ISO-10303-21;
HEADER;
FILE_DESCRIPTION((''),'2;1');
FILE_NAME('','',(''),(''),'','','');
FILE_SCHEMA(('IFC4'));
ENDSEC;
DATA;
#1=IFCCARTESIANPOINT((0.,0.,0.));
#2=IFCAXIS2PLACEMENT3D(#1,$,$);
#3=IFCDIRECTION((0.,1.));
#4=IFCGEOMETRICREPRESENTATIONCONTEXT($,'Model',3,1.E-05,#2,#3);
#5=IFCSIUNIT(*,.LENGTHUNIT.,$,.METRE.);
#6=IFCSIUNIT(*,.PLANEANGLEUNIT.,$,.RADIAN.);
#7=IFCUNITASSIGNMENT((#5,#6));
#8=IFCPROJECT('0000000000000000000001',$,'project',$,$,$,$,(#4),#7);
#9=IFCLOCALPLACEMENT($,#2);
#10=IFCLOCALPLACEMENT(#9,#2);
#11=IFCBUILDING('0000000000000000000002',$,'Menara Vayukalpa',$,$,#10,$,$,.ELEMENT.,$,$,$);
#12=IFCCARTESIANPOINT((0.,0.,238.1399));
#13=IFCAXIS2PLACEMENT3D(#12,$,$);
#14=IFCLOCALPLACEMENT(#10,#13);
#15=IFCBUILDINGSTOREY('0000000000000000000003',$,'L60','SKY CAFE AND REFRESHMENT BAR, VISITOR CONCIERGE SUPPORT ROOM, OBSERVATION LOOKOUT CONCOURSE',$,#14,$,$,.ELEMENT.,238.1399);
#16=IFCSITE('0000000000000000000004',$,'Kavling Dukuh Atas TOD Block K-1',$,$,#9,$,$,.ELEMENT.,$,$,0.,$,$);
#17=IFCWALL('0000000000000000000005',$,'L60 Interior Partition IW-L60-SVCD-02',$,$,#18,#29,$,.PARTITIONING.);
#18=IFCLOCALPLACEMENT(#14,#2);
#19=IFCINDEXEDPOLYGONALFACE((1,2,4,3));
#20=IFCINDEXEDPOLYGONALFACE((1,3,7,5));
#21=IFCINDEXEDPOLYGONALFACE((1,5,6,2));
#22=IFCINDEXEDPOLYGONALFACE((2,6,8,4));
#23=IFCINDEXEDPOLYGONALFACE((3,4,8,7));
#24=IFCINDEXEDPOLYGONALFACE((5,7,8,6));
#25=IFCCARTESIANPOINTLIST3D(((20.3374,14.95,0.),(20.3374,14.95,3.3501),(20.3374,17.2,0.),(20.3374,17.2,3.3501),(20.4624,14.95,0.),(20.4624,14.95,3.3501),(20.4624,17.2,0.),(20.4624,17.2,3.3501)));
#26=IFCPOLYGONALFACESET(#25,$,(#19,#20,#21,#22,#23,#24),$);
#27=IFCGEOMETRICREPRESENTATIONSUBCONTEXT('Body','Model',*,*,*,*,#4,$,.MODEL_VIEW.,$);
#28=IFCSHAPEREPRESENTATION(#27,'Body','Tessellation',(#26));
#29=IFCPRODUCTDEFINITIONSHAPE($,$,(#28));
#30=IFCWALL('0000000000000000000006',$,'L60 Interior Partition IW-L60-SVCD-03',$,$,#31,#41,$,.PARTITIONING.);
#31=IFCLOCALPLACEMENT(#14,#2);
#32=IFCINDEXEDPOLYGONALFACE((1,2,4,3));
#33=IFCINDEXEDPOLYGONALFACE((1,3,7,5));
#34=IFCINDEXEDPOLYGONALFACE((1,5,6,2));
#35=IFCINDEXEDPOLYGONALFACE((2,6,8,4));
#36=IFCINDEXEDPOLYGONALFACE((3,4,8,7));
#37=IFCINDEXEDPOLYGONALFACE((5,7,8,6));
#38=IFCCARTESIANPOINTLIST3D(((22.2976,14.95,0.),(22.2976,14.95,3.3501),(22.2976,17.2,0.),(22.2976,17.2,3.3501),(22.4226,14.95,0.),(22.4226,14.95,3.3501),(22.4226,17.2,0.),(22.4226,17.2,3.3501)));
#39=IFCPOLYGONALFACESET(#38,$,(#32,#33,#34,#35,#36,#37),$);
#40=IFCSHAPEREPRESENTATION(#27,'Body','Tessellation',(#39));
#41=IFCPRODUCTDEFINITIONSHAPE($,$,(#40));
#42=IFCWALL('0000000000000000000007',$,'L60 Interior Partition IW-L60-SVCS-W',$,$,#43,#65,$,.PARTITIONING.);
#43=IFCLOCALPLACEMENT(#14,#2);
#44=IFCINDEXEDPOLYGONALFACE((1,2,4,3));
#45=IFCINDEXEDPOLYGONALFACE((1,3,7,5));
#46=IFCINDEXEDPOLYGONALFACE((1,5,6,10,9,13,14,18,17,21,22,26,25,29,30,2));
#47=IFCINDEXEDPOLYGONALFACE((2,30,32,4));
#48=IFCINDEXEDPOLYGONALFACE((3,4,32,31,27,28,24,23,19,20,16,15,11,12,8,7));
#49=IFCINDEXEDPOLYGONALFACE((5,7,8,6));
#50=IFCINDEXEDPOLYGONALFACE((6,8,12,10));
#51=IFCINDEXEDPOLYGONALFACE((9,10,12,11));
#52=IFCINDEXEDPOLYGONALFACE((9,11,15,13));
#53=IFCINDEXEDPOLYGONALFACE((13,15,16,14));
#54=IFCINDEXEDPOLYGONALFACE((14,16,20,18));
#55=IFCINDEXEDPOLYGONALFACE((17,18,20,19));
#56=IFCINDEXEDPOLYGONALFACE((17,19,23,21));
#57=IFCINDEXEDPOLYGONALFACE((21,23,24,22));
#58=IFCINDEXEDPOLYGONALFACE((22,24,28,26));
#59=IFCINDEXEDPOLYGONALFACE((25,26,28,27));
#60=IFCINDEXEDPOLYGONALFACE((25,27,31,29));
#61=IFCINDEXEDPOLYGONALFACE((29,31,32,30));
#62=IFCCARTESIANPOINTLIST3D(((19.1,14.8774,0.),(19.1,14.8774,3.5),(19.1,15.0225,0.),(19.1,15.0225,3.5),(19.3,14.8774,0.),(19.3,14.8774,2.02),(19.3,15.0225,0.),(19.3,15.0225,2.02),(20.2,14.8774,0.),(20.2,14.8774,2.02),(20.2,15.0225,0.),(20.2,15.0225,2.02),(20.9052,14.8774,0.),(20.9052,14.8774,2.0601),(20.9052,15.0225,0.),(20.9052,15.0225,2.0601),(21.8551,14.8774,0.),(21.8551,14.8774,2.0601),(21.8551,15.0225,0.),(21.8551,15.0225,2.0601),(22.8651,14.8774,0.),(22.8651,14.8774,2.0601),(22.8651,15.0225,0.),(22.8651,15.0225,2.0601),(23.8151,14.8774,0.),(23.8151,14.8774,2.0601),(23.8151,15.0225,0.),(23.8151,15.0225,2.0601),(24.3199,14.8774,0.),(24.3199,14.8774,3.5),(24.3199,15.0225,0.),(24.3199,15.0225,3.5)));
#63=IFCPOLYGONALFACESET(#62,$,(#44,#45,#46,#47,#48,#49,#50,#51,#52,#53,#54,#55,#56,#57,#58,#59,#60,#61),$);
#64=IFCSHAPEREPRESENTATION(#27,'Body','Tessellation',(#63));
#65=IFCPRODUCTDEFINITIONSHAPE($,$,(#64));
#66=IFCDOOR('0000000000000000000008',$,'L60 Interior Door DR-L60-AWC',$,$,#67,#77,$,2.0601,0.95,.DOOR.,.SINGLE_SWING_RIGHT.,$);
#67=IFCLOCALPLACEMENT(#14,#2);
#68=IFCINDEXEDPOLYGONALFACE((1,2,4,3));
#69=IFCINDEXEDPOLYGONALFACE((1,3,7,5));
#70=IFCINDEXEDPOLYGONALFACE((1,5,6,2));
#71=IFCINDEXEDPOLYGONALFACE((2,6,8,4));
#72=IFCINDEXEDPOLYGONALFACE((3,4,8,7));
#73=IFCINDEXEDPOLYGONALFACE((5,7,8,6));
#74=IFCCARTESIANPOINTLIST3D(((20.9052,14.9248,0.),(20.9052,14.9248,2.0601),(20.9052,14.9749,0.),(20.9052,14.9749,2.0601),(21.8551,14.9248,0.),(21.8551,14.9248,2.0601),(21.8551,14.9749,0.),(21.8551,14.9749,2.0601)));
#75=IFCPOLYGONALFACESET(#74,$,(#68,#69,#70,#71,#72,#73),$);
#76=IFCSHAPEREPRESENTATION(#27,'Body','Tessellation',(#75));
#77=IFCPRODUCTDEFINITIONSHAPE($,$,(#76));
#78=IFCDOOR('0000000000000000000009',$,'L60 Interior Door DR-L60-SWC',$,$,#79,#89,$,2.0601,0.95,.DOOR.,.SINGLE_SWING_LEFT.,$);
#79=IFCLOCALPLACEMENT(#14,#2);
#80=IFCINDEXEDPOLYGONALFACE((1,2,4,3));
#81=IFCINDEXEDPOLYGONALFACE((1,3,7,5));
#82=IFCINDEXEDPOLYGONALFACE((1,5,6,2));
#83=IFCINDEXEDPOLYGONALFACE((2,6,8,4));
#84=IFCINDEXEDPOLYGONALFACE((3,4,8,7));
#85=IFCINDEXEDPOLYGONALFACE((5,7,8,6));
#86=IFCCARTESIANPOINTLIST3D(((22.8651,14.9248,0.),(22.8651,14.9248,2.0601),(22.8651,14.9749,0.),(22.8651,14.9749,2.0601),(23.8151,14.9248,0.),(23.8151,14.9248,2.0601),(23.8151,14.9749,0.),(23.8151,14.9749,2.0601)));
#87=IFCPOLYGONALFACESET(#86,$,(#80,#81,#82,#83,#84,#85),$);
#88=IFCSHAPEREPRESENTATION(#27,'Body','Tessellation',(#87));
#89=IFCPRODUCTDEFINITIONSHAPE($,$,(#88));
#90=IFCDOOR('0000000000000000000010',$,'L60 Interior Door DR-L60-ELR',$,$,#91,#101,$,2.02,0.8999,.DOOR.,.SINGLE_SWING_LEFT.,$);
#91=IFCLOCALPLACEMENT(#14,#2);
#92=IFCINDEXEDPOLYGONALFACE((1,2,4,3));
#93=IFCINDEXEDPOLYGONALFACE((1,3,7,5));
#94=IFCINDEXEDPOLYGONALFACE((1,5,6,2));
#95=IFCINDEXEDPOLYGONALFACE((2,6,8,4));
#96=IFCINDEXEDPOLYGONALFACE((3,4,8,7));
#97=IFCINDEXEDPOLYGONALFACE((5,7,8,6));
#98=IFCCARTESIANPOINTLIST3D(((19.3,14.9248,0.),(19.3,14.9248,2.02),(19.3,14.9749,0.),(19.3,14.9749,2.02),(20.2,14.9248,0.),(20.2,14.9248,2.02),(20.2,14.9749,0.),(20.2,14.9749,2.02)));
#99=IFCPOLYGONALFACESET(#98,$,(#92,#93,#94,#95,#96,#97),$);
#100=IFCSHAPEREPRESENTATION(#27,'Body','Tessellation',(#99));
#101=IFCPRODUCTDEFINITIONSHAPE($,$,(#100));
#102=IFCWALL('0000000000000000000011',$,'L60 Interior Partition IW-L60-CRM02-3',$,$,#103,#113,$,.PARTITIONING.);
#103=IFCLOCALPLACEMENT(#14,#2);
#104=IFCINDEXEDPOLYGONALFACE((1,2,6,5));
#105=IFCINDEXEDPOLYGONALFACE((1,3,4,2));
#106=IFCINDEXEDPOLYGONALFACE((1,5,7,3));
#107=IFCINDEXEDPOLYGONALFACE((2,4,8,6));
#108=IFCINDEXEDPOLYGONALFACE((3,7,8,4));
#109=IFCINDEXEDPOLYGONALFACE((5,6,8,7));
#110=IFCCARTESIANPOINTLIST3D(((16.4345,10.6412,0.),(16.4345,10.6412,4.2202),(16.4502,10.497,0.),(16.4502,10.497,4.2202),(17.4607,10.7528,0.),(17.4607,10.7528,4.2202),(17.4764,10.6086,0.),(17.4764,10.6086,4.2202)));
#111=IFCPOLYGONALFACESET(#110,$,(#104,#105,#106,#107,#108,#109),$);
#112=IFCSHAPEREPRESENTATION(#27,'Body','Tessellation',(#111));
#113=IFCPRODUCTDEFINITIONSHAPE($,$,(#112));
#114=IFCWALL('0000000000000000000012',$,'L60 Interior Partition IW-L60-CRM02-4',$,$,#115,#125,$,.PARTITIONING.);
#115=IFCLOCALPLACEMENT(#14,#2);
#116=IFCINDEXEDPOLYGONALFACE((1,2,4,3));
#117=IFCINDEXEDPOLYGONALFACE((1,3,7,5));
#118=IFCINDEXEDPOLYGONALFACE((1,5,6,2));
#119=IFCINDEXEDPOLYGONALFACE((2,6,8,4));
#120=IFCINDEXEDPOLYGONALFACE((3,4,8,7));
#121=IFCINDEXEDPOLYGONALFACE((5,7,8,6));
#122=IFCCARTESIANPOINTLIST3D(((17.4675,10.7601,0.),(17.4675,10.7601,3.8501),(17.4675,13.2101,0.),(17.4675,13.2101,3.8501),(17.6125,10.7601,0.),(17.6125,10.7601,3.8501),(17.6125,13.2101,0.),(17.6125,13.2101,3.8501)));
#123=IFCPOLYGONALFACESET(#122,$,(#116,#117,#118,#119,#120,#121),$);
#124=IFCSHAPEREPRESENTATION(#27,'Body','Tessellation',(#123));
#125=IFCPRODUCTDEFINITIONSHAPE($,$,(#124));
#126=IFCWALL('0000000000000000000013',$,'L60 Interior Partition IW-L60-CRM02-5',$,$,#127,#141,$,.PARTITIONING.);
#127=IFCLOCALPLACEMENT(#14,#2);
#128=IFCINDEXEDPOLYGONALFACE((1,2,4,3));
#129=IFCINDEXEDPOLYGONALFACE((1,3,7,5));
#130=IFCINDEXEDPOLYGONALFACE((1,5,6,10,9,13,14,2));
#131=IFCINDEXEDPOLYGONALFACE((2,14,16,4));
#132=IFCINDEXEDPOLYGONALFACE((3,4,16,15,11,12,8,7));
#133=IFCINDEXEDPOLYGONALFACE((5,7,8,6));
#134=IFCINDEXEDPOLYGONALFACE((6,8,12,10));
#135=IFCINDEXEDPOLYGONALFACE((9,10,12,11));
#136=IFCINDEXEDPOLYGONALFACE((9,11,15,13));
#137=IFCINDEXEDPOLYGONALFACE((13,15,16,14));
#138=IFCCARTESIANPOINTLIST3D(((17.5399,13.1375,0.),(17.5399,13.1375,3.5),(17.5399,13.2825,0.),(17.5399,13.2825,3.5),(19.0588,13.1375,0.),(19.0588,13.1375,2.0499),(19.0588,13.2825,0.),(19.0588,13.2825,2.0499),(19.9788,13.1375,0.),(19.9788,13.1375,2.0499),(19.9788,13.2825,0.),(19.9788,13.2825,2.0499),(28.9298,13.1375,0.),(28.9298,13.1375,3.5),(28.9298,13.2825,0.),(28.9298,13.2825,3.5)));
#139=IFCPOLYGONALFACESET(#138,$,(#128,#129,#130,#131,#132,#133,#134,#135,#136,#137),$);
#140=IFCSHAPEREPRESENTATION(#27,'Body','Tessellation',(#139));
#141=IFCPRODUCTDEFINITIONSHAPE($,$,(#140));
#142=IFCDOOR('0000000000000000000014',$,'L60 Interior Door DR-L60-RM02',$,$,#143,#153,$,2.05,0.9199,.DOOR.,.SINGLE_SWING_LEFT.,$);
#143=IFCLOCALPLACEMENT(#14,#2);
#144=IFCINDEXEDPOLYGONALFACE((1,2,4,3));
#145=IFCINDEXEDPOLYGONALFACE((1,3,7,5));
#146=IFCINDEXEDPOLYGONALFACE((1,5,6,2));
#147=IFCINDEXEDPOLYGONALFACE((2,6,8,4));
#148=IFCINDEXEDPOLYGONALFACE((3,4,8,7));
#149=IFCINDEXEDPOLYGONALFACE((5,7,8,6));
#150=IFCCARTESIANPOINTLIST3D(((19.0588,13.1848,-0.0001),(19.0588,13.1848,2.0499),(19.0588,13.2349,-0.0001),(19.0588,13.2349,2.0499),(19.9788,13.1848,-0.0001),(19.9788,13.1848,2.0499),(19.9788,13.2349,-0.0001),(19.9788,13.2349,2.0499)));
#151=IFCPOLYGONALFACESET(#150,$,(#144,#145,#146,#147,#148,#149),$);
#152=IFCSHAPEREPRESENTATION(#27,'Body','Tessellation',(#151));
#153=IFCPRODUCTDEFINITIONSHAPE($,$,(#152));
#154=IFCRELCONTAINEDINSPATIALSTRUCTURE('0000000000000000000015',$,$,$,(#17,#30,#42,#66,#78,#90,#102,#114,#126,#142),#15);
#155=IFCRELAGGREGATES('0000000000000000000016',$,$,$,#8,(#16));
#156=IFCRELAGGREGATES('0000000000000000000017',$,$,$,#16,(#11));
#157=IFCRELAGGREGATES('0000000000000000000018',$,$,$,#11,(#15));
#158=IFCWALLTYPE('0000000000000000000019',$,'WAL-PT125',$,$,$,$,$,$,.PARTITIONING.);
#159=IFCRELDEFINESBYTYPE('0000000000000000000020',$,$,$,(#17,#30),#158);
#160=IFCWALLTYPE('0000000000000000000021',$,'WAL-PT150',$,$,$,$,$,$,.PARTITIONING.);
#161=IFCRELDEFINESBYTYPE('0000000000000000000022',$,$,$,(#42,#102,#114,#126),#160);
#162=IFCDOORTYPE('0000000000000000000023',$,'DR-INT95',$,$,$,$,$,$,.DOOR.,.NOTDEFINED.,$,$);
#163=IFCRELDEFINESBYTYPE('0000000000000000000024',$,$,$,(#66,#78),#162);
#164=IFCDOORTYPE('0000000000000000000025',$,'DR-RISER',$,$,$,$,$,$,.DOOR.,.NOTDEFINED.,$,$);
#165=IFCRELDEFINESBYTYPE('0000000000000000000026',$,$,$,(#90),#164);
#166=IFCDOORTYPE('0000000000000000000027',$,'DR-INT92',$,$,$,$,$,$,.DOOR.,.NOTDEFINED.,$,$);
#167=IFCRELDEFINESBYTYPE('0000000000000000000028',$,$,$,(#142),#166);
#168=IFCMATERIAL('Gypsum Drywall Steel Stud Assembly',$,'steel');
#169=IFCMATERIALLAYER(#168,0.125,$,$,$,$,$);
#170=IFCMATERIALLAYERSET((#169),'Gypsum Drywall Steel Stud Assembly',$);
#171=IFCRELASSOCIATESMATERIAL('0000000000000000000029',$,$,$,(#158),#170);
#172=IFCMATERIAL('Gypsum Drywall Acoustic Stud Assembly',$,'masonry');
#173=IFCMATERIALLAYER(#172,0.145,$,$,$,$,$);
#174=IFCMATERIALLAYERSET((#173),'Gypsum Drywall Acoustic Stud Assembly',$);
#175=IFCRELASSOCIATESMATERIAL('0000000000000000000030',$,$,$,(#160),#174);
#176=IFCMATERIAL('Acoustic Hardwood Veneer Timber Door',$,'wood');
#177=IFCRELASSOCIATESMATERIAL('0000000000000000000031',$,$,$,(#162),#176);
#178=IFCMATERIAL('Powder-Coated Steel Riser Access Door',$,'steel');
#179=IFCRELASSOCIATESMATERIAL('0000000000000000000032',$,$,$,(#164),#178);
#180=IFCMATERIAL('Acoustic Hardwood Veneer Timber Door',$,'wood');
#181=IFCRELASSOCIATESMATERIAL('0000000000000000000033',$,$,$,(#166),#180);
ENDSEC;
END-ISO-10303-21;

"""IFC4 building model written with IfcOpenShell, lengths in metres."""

from ifc_helpers import new_model, si_unit, direction, frame, frame_2d, origin, place, context, subcontext, project, spatial, rectangle, extrude, material, layer, layer_set, type_object, element, fill, save


model = new_model("IFC4")

# Units and contexts
model_context = context("Model", 3, precision=1e-05, world=origin(), true_north=direction((0.0, 1.0)))
body_context = subcontext(model_context, "Body", "Model", "MODEL_VIEW")
ifc_project = project(units=[si_unit("LENGTHUNIT", "METRE"), si_unit("PLANEANGLEUNIT", "RADIAN")], contexts=[model_context])

# Site, building, storey
site_placement = place(None, origin())
site = spatial("IfcSite", under=ifc_project, at=site_placement, Name="Kavling Dukuh Atas TOD Block K-1", CompositionType="ELEMENT", RefElevation=0.0)
building_placement = place(site_placement, origin())
building = spatial("IfcBuilding", under=site, at=building_placement, Name="Menara Vayukalpa", CompositionType="ELEMENT")
storey_placement = place(building_placement, frame((0.0, 0.0, 238.1399)))
storey = spatial("IfcBuildingStorey", under=building, at=storey_placement, Name="L60", Description="SKY CAFE AND REFRESHMENT BAR, VISITOR CONCIERGE SUPPORT ROOM, OBSERVATION LOOKOUT CONCOURSE", CompositionType="ELEMENT", Elevation=238.1399)

# Walls
ifc_material_1 = material(Name="Gypsum Drywall Steel Stud Assembly", Category="steel")
ifc_layer_1 = layer(ifc_material_1, 0.125)
ifc_layer_set_1 = layer_set([ifc_layer_1], Name="Gypsum Drywall Steel Stud Assembly")
wall_type_1 = type_object("IfcWallType", Name="WAL-PT125", PredefinedType="PARTITIONING", material=ifc_layer_set_1)
for number, where, z_axis, x_axis, name in (
    (1, (20.3999, 14.95, 0.0), (0.0, 0.0, 1.0), (0.0, 1.0, 0.0), "L60 Interior Partition IW-L60-SVCD-02"),
    (2, (22.3601, 14.95, 0.0), (0.0, 0.0, 1.0), (0.0, 1.0, 0.0), "L60 Interior Partition IW-L60-SVCD-03"),
):
    element("IfcWall", number, at=place(storey_placement, frame(where, z_axis=z_axis, x_axis=x_axis)), inside=storey, type_object=wall_type_1, Name=name, PredefinedType="PARTITIONING", context=body_context, shape_type="SweptSolid", body=[
        extrude(rectangle(XDim=2.25, YDim=0.125, at=frame_2d((1.125, 0.0))), origin(), (0.0, 0.0, 1.0), 3.3501),
    ])

# Wall, openings, doors
ifc_material_2 = material(Name="Gypsum Drywall Acoustic Stud Assembly", Category="masonry")
ifc_layer_2 = layer(ifc_material_2, 0.145)
ifc_layer_set_2 = layer_set([ifc_layer_2], Name="Gypsum Drywall Acoustic Stud Assembly")
wall_type_2 = type_object("IfcWallType", Name="WAL-PT150", PredefinedType="PARTITIONING", material=ifc_layer_set_2)
wall_1_placement = place(storey_placement, frame((19.1001, 14.95, 0.0), z_axis=(0.0, 0.0, 1.0), x_axis=(1.0, 0.0, 0.0)))
wall_1 = element("IfcWall", 3, at=wall_1_placement, inside=storey, type_object=wall_type_2, Name="L60 Interior Partition IW-L60-SVCS-W", PredefinedType="PARTITIONING", context=body_context, shape_type="SweptSolid", body=[
    extrude(rectangle(XDim=5.22, YDim=0.145, at=frame_2d((2.6099, 0.0))), origin(), (0.0, 0.0, 1.0), 3.5),
])
opening_1_placement = place(wall_1_placement, frame((0.2, 0.0, 0.0)))
opening_1 = element("IfcOpeningElement", 4, at=opening_1_placement, cuts=wall_1, PredefinedType="OPENING", context=body_context, shape_type="SweptSolid", body=[
    extrude(rectangle(XDim=0.8999, YDim=2.02, at=frame_2d((0.45, 1.01))), frame((0.0, 0.0825, 0.0), z_axis=(0.0, -1.0, 0.0), x_axis=(1.0, 0.0, 0.0)), (0.0, 0.0, 1.0), 0.165),
])
opening_2_placement = place(wall_1_placement, frame((1.8049, 0.0, 0.0)))
opening_2 = element("IfcOpeningElement", 5, at=opening_2_placement, cuts=wall_1, PredefinedType="OPENING", context=body_context, shape_type="SweptSolid", body=[
    extrude(rectangle(XDim=0.95, YDim=2.0601, at=frame_2d((0.4751, 1.03))), frame((0.0, 0.0825, 0.0), z_axis=(0.0, -1.0, 0.0), x_axis=(1.0, 0.0, 0.0)), (0.0, 0.0, 1.0), 0.165),
])
opening_3_placement = place(wall_1_placement, frame((3.7649, 0.0, 0.0)))
opening_3 = element("IfcOpeningElement", 6, at=opening_3_placement, cuts=wall_1, PredefinedType="OPENING", context=body_context, shape_type="SweptSolid", body=[
    extrude(rectangle(XDim=0.95, YDim=2.0601, at=frame_2d((0.4751, 1.03))), frame((0.0, 0.0825, 0.0), z_axis=(0.0, -1.0, 0.0), x_axis=(1.0, 0.0, 0.0)), (0.0, 0.0, 1.0), 0.165),
])
ifc_material_3 = material(Name="Acoustic Hardwood Veneer Timber Door", Category="wood")
door_type_1 = type_object("IfcDoorType", Name="DR-INT95", OperationType="NOTDEFINED", PredefinedType="DOOR", material=ifc_material_3)
door_1_placement = place(opening_2_placement, origin())
door_1 = element("IfcDoor", 7, at=door_1_placement, inside=storey, type_object=door_type_1, Name="L60 Interior Door DR-L60-AWC", OperationType="SINGLE_SWING_RIGHT", OverallHeight=2.0601, OverallWidth=0.95, PredefinedType="DOOR", context=body_context, shape_type="SweptSolid", body=[
    extrude(rectangle(XDim=0.95, YDim=2.0601, at=frame_2d((0.4751, 1.03))), frame((0.0, 0.0249, 0.0), z_axis=(0.0, -1.0, 0.0), x_axis=(1.0, 0.0, 0.0)), (0.0, 0.0, 1.0), 0.05),
])
fill(opening_2, door_1)
door_2_placement = place(opening_3_placement, origin())
door_2 = element("IfcDoor", 8, at=door_2_placement, inside=storey, type_object=door_type_1, Name="L60 Interior Door DR-L60-SWC", OperationType="SINGLE_SWING_LEFT", OverallHeight=2.0601, OverallWidth=0.95, PredefinedType="DOOR", context=body_context, shape_type="SweptSolid", body=[
    extrude(rectangle(XDim=0.95, YDim=2.0601, at=frame_2d((0.4751, 1.03))), frame((0.0, 0.0249, 0.0), z_axis=(0.0, -1.0, 0.0), x_axis=(1.0, 0.0, 0.0)), (0.0, 0.0, 1.0), 0.05),
])
fill(opening_3, door_2)
ifc_material_4 = material(Name="Powder-Coated Steel Riser Access Door", Category="steel")
door_type_2 = type_object("IfcDoorType", Name="DR-RISER", OperationType="NOTDEFINED", PredefinedType="DOOR", material=ifc_material_4)
door_3_placement = place(opening_1_placement, origin())
door_3 = element("IfcDoor", 9, at=door_3_placement, inside=storey, type_object=door_type_2, Name="L60 Interior Door DR-L60-ELR", OperationType="SINGLE_SWING_LEFT", OverallHeight=2.02, OverallWidth=0.8999, PredefinedType="DOOR", context=body_context, shape_type="SweptSolid", body=[
    extrude(rectangle(XDim=0.8999, YDim=2.02, at=frame_2d((0.45, 1.01))), frame((0.0, 0.0249, 0.0), z_axis=(0.0, -1.0, 0.0), x_axis=(1.0, 0.0, 0.0)), (0.0, 0.0, 1.0), 0.05),
])
fill(opening_1, door_3)

# Walls
wall_2_placement = place(storey_placement, frame((16.4424, 10.5691, 0.0), z_axis=(0.0, 0.0, 1.0), x_axis=(0.994141, 0.108095, 0.0)))
element("IfcWall", 10, at=wall_2_placement, inside=storey, type_object=wall_type_2, Name="L60 Interior Partition IW-L60-CRM02-3", PredefinedType="PARTITIONING", context=body_context, shape_type="SweptSolid", body=[
    extrude(rectangle(XDim=1.0322, YDim=0.145, at=frame_2d((0.5161, 0.0))), origin(), (0.0, 0.0, 1.0), 4.2202),
])
wall_3_placement = place(storey_placement, frame((17.54, 10.76, 0.0), z_axis=(0.0, 0.0, 1.0), x_axis=(0.0, 1.0, 0.0)))
element("IfcWall", 11, at=wall_3_placement, inside=storey, type_object=wall_type_2, Name="L60 Interior Partition IW-L60-CRM02-4", PredefinedType="PARTITIONING", context=body_context, shape_type="SweptSolid", body=[
    extrude(rectangle(XDim=2.45, YDim=0.145, at=frame_2d((1.2251, 0.0))), origin(), (0.0, 0.0, 1.0), 3.8501),
])

# Wall, opening, door
wall_4_placement = place(storey_placement, frame((17.54, 13.21, 0.0), z_axis=(0.0, 0.0, 1.0), x_axis=(1.0, 0.0, 0.0)))
wall_4 = element("IfcWall", 12, at=wall_4_placement, inside=storey, type_object=wall_type_2, Name="L60 Interior Partition IW-L60-CRM02-5", PredefinedType="PARTITIONING", context=body_context, shape_type="SweptSolid", body=[
    extrude(rectangle(XDim=11.3899, YDim=0.145, at=frame_2d((5.6948, 0.0))), origin(), (0.0, 0.0, 1.0), 3.5),
])
opening_4_placement = place(wall_4_placement, frame((1.5188, 0.0, 0.0)))
opening_4 = element("IfcOpeningElement", 13, at=opening_4_placement, cuts=wall_4, PredefinedType="OPENING", context=body_context, shape_type="SweptSolid", body=[
    extrude(rectangle(XDim=0.9199, YDim=2.05, at=frame_2d((0.46, 1.0249))), frame((0.0, 0.0825, 0.0), z_axis=(0.0, -1.0, 0.0), x_axis=(1.0, 0.0, 0.0)), (0.0, 0.0, 1.0), 0.165),
])
ifc_material_5 = material(Name="Acoustic Hardwood Veneer Timber Door", Category="wood")
door_type_3 = type_object("IfcDoorType", Name="DR-INT92", OperationType="NOTDEFINED", PredefinedType="DOOR", material=ifc_material_5)
door_4_placement = place(opening_4_placement, origin())
door_4 = element("IfcDoor", 14, at=door_4_placement, inside=storey, type_object=door_type_3, Name="L60 Interior Door DR-L60-RM02", OperationType="SINGLE_SWING_LEFT", OverallHeight=2.05, OverallWidth=0.9199, PredefinedType="DOOR", context=body_context, shape_type="SweptSolid", body=[
    extrude(rectangle(XDim=0.9199, YDim=2.05, at=frame_2d((0.46, 1.0249))), frame((0.0, 0.0249, 0.0), z_axis=(0.0, -1.0, 0.0), x_axis=(1.0, 0.0, 0.0)), (0.0, 0.0, 1.0), 0.05),
])
fill(opening_4, door_4)

save(model, "model.ifc")
